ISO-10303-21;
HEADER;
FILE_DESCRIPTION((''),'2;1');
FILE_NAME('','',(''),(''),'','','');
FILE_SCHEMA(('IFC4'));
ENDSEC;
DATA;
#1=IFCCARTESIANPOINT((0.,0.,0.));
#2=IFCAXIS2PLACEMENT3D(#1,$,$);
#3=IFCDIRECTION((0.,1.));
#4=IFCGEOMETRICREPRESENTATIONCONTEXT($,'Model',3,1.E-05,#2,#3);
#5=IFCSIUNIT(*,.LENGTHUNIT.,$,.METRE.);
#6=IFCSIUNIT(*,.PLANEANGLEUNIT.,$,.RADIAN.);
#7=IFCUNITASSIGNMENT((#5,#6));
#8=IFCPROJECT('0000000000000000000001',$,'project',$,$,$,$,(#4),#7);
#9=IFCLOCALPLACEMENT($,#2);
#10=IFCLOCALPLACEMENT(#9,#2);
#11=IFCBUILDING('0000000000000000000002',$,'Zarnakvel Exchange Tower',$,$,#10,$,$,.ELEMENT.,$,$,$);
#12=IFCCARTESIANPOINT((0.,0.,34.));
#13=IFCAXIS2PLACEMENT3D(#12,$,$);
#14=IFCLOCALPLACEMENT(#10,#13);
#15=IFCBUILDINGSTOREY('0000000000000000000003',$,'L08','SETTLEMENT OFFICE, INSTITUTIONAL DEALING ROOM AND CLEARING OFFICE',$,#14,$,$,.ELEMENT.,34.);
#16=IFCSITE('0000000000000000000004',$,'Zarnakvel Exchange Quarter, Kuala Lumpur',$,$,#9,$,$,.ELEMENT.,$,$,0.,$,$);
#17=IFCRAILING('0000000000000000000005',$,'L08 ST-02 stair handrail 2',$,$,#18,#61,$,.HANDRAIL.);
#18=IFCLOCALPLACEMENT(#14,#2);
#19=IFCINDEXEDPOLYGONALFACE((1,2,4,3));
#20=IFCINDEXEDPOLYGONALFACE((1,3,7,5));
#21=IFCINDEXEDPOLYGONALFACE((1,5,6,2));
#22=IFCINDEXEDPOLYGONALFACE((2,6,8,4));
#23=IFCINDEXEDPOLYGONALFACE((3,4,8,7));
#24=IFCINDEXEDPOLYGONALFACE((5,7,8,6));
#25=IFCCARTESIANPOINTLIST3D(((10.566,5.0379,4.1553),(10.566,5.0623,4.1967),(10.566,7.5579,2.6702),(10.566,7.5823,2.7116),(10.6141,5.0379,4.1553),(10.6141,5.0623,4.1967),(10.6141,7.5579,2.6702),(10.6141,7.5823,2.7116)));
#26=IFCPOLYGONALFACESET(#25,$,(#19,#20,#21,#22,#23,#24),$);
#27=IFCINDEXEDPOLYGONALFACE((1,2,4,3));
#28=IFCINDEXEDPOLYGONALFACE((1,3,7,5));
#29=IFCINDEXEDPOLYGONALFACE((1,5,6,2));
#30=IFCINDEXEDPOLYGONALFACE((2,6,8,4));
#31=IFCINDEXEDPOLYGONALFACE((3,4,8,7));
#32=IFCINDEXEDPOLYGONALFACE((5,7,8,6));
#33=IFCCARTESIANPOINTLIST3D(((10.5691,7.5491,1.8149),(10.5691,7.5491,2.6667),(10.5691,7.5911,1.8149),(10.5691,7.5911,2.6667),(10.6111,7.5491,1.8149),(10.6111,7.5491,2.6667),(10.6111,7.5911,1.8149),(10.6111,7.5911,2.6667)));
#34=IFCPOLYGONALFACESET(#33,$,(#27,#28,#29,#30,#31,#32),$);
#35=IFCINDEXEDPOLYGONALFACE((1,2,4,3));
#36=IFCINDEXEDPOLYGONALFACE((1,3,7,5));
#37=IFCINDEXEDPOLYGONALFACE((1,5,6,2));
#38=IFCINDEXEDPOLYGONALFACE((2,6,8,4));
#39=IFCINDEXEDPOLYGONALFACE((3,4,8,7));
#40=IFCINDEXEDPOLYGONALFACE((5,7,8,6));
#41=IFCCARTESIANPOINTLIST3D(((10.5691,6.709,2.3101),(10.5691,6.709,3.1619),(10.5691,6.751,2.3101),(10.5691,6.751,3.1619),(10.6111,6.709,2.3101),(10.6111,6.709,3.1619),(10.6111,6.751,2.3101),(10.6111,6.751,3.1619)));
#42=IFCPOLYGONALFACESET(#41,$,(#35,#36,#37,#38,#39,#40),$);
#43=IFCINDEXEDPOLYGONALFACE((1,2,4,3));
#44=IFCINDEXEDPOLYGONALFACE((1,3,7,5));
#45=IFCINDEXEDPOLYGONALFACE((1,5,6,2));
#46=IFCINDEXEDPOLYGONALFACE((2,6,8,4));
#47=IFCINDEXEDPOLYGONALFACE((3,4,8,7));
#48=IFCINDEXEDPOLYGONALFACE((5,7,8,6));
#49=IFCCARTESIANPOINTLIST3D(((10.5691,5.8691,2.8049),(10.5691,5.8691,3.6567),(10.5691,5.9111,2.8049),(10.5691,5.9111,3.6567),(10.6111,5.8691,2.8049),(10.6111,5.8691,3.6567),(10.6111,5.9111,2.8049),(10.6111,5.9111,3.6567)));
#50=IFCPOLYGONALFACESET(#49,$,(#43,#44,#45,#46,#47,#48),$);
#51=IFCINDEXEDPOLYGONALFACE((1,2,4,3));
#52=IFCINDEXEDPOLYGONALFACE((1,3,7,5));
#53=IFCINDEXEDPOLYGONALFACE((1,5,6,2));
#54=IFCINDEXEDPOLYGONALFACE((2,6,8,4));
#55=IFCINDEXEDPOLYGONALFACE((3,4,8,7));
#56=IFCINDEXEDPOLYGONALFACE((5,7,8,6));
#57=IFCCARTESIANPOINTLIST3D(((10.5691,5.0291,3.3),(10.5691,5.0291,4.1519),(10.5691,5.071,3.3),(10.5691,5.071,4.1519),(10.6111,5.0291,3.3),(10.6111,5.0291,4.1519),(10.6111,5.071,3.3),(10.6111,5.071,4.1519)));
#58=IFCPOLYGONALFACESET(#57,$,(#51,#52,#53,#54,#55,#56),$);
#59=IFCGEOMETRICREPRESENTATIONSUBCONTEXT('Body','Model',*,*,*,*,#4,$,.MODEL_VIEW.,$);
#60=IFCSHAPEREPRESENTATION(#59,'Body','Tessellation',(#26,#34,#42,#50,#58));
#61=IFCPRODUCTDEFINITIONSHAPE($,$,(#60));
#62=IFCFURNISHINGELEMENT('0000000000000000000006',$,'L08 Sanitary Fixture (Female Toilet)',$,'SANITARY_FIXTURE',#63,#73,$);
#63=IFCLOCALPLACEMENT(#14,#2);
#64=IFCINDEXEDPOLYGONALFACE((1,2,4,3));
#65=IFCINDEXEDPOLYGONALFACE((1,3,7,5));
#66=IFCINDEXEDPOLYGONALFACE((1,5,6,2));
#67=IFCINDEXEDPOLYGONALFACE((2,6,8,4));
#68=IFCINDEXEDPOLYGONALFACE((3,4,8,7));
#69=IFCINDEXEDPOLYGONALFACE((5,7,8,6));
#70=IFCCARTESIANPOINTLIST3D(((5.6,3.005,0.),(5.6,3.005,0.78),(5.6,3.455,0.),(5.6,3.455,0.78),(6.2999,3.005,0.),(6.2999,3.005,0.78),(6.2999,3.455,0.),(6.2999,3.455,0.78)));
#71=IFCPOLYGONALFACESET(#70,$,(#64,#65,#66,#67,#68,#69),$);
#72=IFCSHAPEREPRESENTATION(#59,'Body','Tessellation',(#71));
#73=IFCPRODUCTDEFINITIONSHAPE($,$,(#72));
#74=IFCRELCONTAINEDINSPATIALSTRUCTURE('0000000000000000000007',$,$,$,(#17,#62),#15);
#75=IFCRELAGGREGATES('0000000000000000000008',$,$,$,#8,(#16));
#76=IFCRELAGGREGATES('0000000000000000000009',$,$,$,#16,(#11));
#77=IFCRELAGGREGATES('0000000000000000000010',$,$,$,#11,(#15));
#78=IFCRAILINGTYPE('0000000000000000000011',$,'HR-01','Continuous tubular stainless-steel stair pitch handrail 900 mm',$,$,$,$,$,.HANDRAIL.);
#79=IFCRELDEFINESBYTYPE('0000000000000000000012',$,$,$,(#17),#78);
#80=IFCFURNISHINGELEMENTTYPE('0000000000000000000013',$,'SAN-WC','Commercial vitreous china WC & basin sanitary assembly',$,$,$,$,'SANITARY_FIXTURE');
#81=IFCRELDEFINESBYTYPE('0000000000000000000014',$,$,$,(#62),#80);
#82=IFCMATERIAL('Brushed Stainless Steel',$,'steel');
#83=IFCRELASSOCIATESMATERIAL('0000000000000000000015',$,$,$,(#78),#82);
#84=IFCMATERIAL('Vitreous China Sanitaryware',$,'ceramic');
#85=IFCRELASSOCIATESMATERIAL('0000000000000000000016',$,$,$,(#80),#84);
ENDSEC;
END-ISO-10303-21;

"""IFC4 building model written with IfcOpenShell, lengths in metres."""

from ifc_helpers import new_model, si_unit, direction, frame, origin, origin_2d, place, context, subcontext, project, spatial, rectangle, extrude, source, transform, mapped, material, type_object, element, save


model = new_model("IFC4")

# Units and contexts
model_context = context("Model", 3, precision=1e-05, world=origin(), true_north=direction((0.0, 1.0)))
body_context = subcontext(model_context, "Body", "Model", "MODEL_VIEW")
ifc_project = project(units=[si_unit("LENGTHUNIT", "METRE"), si_unit("PLANEANGLEUNIT", "RADIAN")], contexts=[model_context])

# Site, building, storey
site_placement = place(None, origin())
site = spatial("IfcSite", under=ifc_project, at=site_placement, Name="Zarnakvel Exchange Quarter, Kuala Lumpur", CompositionType="ELEMENT", RefElevation=0.0)
building_placement = place(site_placement, origin())
building = spatial("IfcBuilding", under=site, at=building_placement, Name="Zarnakvel Exchange Tower", CompositionType="ELEMENT")
storey_placement = place(building_placement, frame((0.0, 0.0, 34.0)))
storey = spatial("IfcBuildingStorey", under=building, at=storey_placement, Name="L08", Description="SETTLEMENT OFFICE, INSTITUTIONAL DEALING ROOM AND CLEARING OFFICE", CompositionType="ELEMENT", Elevation=34.0)

# Shared definitions
ifc_material_1 = material(Name="Brushed Stainless Steel", Category="steel")

# Railing
railing_type = type_object("IfcRailingType", Name="HR-01", Description="Continuous tubular stainless-steel stair pitch handrail 900 mm", PredefinedType="HANDRAIL", material=ifc_material_1)
railing_placement = place(storey_placement, frame((10.5901, 7.5701, 1.8149)))
element("IfcRailing", 1, at=railing_placement, inside=storey, type_object=railing_type, Name="L08 ST-02 stair handrail 2", PredefinedType="HANDRAIL", context=body_context, shape_type="SweptSolid", body=[
    extrude(rectangle(XDim=0.0481, YDim=0.0481, at=origin_2d()), frame((0.0, 0.0, 0.876), z_axis=(0.0, -0.861524, 0.507717), x_axis=(1.0, 0.0, 0.0)), (0.0, 0.0, 1.0), 2.925),
    extrude(rectangle(XDim=0.042, YDim=0.042, at=origin_2d()), origin(), (0.0, 0.0, 1.0), 0.8518),
    extrude(rectangle(XDim=0.042, YDim=0.042, at=origin_2d()), frame((0.0, -0.8401, 0.4951)), (0.0, 0.0, 1.0), 0.8518),
    extrude(rectangle(XDim=0.042, YDim=0.042, at=origin_2d()), frame((0.0, -1.6799, 0.99)), (0.0, 0.0, 1.0), 0.8518),
    extrude(rectangle(XDim=0.042, YDim=0.042, at=origin_2d()), frame((0.0, -2.52, 1.4851)), (0.0, 0.0, 1.0), 0.8518),
])

# Furnishing element
ifc_material_2 = material(Name="Vitreous China Sanitaryware", Category="ceramic")
furnishing_element_type = type_object("IfcFurnishingElementType", Name="SAN-WC", Description="Commercial vitreous china WC & basin sanitary assembly", ElementType="SANITARY_FIXTURE", material=ifc_material_2)
shared_shape_1 = source(origin(), body_context, "Body", "SweptSolid", [
    extrude(rectangle(XDim=0.7, YDim=0.45, at=origin_2d()), origin(), (0.0, 0.0, 1.0), 0.78),
])
furnishing_placement = place(storey_placement, frame((5.95, 3.23, 0.0), z_axis=(0.0, 0.0, 1.0), x_axis=(1.0, 0.0, 0.0)))
element("IfcFurnishingElement", 2, at=furnishing_placement, inside=storey, type_object=furnishing_element_type, Name="L08 Sanitary Fixture (Female Toilet)", ObjectType="SANITARY_FIXTURE", context=body_context, shape_type="MappedRepresentation", body=[
    mapped(shared_shape_1, transform((0.0, 0.0, 0.0), x_axis=(1.0, 0.0, 0.0), y_axis=(0.0, 1.0, 0.0), z_axis=(0.0, 0.0, 1.0), scale=1.0)),
])

save(model, "model.ifc")
